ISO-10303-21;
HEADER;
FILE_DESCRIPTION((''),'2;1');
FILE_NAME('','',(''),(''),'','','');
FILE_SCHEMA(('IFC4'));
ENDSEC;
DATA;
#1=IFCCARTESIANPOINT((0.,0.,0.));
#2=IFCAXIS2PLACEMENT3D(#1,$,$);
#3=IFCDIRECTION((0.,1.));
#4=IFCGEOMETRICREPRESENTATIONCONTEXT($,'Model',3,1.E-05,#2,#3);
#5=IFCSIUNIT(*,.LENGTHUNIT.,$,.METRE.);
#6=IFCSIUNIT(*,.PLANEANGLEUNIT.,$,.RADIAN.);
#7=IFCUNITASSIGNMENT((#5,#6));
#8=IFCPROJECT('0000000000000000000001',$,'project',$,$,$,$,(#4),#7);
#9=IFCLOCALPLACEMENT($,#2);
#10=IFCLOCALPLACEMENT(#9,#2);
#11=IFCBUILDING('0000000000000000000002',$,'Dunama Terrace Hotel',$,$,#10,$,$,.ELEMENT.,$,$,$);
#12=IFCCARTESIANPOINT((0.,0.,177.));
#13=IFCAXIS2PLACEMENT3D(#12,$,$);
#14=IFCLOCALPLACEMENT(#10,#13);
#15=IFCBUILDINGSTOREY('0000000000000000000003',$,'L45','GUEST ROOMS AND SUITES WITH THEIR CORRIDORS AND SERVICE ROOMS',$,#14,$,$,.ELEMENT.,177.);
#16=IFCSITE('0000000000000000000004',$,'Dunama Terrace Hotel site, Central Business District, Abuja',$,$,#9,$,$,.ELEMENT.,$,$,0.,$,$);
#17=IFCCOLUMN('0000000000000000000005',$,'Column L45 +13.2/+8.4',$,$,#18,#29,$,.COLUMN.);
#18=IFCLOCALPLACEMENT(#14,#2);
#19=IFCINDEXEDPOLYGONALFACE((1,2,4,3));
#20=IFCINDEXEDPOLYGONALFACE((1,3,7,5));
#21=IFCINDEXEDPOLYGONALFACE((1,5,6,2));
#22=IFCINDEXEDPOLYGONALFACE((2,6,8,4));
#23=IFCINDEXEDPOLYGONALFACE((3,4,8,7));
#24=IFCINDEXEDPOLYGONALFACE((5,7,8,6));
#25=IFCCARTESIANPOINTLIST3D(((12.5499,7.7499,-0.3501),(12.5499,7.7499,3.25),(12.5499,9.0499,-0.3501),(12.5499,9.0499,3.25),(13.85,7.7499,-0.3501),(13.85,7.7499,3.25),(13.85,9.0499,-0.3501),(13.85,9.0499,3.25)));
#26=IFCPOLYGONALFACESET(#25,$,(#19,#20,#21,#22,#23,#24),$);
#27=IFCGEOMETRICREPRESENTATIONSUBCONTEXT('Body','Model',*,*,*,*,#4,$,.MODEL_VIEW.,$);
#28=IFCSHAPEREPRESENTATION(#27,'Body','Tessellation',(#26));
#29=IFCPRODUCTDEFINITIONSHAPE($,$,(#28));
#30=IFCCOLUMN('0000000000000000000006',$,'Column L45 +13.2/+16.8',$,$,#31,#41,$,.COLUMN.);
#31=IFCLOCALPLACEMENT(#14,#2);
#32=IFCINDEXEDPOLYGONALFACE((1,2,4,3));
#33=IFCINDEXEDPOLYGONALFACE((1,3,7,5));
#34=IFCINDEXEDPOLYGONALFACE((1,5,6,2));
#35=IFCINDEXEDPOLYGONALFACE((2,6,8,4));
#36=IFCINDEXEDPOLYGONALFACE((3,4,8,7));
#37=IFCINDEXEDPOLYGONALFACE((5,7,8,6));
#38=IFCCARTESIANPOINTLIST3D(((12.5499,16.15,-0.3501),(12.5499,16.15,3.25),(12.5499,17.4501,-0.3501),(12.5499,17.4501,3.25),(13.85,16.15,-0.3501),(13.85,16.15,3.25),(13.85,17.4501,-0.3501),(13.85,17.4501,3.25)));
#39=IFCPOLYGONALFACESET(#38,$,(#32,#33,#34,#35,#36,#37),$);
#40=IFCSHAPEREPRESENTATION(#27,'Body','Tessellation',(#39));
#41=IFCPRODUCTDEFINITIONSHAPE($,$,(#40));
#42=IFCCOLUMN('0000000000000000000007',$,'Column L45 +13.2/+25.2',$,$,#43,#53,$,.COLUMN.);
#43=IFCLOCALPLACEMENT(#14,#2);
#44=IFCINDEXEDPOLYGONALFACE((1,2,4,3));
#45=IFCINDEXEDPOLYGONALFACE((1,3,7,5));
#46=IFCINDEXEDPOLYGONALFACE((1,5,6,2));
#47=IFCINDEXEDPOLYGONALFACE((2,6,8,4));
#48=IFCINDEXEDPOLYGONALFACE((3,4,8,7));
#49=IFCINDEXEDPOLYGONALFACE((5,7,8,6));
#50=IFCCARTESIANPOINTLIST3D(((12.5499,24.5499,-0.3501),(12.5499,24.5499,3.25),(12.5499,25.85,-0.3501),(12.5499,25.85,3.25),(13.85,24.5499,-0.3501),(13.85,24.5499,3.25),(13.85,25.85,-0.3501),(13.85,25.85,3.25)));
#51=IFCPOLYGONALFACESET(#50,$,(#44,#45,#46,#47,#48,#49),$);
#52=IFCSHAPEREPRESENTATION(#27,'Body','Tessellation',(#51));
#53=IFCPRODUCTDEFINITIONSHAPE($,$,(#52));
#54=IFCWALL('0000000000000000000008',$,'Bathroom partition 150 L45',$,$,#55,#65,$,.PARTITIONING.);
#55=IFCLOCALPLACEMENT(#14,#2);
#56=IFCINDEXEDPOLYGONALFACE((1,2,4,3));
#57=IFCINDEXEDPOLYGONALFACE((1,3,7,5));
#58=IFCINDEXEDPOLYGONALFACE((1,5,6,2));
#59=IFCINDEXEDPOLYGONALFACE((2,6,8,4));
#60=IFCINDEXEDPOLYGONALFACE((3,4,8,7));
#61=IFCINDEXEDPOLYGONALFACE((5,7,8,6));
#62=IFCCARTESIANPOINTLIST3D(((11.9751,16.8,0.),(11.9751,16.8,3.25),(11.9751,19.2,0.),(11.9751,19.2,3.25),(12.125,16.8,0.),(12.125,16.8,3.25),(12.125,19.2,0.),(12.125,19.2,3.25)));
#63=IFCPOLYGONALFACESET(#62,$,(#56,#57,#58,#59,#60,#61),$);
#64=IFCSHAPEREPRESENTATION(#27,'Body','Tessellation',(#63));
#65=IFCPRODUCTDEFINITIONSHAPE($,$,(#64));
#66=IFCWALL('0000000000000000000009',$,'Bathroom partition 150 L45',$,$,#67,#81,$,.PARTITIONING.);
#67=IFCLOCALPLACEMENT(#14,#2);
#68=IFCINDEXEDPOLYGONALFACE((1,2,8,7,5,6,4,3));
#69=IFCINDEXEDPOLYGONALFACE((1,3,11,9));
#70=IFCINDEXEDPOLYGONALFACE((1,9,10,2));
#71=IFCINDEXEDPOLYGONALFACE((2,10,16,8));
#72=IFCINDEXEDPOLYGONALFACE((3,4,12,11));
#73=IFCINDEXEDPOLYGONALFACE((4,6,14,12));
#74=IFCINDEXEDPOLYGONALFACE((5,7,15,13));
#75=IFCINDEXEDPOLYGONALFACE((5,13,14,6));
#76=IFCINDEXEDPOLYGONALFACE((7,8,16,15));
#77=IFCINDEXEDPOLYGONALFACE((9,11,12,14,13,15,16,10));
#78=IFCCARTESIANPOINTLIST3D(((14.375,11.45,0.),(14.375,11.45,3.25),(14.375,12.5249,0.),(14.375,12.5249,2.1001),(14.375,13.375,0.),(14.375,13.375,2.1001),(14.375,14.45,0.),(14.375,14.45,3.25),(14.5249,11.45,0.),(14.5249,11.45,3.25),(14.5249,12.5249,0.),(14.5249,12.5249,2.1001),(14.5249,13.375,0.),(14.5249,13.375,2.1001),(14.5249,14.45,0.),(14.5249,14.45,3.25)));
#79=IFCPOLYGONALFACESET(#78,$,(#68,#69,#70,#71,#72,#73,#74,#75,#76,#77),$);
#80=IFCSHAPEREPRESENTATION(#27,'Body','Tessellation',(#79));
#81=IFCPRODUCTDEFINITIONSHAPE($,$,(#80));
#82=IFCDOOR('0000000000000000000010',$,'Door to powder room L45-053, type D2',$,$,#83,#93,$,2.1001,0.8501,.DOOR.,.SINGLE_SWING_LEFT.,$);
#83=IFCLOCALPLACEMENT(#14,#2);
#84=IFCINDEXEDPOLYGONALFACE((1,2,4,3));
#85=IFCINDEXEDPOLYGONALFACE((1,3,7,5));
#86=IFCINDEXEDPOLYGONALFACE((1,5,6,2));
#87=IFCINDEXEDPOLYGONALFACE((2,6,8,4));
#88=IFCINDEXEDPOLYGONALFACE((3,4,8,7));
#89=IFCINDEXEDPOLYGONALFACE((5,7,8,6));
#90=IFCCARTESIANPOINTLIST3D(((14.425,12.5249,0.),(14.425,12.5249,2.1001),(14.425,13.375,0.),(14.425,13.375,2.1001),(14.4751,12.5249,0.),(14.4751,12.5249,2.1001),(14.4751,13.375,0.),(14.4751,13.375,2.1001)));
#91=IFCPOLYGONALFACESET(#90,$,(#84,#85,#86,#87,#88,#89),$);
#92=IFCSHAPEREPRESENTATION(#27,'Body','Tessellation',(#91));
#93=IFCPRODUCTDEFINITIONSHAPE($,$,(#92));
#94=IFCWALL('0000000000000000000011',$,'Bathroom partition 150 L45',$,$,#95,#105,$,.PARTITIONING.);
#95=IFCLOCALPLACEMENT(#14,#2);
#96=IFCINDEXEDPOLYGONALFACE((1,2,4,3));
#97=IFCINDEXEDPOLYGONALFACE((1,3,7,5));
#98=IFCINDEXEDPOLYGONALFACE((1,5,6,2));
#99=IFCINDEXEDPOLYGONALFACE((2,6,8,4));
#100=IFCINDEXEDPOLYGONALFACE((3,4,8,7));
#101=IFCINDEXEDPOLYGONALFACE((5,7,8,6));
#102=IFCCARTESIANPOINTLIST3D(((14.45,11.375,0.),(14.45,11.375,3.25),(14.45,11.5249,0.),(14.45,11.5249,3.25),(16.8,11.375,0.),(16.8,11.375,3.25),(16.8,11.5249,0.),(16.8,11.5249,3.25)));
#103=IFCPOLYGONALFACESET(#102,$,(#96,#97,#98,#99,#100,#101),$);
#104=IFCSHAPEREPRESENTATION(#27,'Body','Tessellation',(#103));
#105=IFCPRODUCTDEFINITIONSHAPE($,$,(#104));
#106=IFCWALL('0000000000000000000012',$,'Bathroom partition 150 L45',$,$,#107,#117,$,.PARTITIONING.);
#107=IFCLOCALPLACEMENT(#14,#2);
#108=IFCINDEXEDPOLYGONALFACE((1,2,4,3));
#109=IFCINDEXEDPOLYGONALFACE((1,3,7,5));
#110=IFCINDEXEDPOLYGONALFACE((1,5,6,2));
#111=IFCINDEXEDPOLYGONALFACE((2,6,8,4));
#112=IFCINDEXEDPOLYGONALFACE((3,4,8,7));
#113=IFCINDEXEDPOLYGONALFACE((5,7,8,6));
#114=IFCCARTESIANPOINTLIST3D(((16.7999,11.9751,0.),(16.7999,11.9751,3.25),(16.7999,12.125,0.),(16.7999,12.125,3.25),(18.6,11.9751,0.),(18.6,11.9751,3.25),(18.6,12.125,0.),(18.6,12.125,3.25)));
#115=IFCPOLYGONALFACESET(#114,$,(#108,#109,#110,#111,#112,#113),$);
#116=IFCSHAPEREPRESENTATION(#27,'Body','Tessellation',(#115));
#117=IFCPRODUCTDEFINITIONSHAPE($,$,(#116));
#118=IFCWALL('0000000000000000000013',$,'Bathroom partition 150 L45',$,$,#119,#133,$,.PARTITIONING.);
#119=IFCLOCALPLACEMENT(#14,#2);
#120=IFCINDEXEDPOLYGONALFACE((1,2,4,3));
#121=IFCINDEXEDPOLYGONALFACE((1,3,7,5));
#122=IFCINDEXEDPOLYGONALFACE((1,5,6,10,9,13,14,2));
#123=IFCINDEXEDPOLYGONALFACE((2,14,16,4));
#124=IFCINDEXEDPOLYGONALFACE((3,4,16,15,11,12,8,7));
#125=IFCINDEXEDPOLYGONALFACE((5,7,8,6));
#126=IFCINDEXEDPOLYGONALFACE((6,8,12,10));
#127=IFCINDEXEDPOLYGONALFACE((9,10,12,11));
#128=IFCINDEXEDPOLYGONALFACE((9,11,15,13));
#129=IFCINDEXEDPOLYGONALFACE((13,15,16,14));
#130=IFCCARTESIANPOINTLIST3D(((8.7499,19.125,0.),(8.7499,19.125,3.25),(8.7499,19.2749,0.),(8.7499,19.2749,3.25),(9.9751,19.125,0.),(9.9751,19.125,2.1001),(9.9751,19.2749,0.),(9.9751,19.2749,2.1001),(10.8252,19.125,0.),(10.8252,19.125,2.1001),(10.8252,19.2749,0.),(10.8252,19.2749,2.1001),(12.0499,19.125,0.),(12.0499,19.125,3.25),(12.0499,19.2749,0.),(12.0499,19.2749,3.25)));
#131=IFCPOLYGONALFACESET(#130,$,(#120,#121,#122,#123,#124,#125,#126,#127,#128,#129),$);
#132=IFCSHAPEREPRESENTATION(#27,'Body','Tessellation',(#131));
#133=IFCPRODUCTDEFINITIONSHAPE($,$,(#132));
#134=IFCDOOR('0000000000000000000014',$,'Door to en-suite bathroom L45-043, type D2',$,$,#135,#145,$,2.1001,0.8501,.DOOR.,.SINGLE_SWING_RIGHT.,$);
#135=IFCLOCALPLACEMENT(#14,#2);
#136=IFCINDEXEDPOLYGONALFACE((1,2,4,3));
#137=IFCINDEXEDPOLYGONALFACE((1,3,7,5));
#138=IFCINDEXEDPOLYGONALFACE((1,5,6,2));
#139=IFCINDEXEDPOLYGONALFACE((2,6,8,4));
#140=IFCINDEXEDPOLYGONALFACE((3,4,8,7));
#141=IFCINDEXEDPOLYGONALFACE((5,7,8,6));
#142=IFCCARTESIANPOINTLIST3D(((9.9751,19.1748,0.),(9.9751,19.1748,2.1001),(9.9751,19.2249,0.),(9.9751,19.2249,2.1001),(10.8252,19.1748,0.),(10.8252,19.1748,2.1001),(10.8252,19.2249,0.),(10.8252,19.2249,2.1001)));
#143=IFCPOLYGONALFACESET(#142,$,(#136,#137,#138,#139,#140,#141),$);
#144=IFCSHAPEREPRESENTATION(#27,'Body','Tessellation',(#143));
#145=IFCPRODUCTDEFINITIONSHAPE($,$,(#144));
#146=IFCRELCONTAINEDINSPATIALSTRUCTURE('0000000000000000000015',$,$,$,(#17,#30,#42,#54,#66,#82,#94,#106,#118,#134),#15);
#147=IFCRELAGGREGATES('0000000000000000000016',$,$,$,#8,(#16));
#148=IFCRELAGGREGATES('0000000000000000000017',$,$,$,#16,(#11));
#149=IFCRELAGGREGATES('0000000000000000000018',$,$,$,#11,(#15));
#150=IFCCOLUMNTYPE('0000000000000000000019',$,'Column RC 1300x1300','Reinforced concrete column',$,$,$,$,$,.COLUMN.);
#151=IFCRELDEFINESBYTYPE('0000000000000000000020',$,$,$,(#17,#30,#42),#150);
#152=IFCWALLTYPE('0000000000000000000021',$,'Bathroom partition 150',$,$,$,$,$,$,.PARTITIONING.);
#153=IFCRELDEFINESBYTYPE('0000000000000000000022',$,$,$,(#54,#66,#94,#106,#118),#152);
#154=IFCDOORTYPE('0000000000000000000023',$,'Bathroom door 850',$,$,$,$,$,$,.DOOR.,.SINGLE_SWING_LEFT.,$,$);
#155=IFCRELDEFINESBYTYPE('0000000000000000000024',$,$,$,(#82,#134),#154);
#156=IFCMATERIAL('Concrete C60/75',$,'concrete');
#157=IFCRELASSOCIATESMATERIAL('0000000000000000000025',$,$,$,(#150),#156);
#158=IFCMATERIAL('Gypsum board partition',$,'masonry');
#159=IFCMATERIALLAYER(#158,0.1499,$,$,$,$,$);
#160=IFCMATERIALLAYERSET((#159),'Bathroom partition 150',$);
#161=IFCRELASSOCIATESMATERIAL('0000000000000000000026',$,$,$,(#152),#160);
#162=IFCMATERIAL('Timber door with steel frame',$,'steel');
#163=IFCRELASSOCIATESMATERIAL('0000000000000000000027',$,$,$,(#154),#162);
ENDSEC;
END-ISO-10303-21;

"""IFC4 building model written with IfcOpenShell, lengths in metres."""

from ifc_helpers import new_model, si_unit, direction, frame, frame_2d, origin, origin_2d, place, context, subcontext, project, spatial, rectangle, extrude, material, layer, layer_set, material_profile, profile_set, type_object, element, fill, save


model = new_model("IFC4")

# Units and contexts
model_context = context("Model", 3, precision=1e-05, world=origin(), true_north=direction((0.0, 1.0)))
body_context = subcontext(model_context, "Body", "Model", "MODEL_VIEW")
ifc_project = project(units=[si_unit("LENGTHUNIT", "METRE"), si_unit("PLANEANGLEUNIT", "RADIAN")], contexts=[model_context])

# Site, building, storey
site_placement = place(None, origin())
site = spatial("IfcSite", under=ifc_project, at=site_placement, Name="Dunama Terrace Hotel site, Central Business District, Abuja", CompositionType="ELEMENT", RefElevation=0.0)
building_placement = place(site_placement, origin())
building = spatial("IfcBuilding", under=site, at=building_placement, Name="Dunama Terrace Hotel", CompositionType="ELEMENT")
storey_placement = place(building_placement, frame((0.0, 0.0, 177.0)))
storey = spatial("IfcBuildingStorey", under=building, at=storey_placement, Name="L45", Description="GUEST ROOMS AND SUITES WITH THEIR CORRIDORS AND SERVICE ROOMS", CompositionType="ELEMENT", Elevation=177.0)

# Columns
ifc_material_1 = material(Name="Concrete C60/75", Category="concrete")
ifc_material_profile = material_profile(ifc_material_1, rectangle(XDim=1.3, YDim=1.3, at=origin_2d()), Name="RC 1300x1300")
ifc_profile_set = profile_set([ifc_material_profile], Name="Concrete C60/75")
column_type = type_object("IfcColumnType", Name="Column RC 1300x1300", Description="Reinforced concrete column", PredefinedType="COLUMN", material=ifc_profile_set)
for number, where, z_axis, x_axis, name in (
    (1, (13.2, 8.3999, -0.3501), (0.0, 0.0, 1.0), (1.0, 0.0, 0.0), "Column L45 +13.2/+8.4"),
    (2, (13.2, 16.8, -0.3501), (0.0, 0.0, 1.0), (1.0, 0.0, 0.0), "Column L45 +13.2/+16.8"),
    (3, (13.2, 25.2, -0.3501), (0.0, 0.0, 1.0), (1.0, 0.0, 0.0), "Column L45 +13.2/+25.2"),
):
    element("IfcColumn", number, at=place(storey_placement, frame(where, z_axis=z_axis, x_axis=x_axis)), inside=storey, type_object=column_type, Name=name, PredefinedType="COLUMN", context=body_context, shape_type="SweptSolid", body=[
        extrude(rectangle(XDim=1.3, YDim=1.3, at=origin_2d()), origin(), (0.0, 0.0, 1.0), 3.6001),
    ])

# Wall
ifc_material_2 = material(Name="Gypsum board partition", Category="masonry")
ifc_layer_1 = layer(ifc_material_2, 0.1499)
ifc_layer_set_1 = layer_set([ifc_layer_1], Name="Bathroom partition 150")
wall_type_1 = type_object("IfcWallType", Name="Bathroom partition 150", PredefinedType="PARTITIONING", material=ifc_layer_set_1)
wall_1_placement = place(storey_placement, frame((12.05, 16.8, 0.0), z_axis=(0.0, 0.0, 1.0), x_axis=(0.0, 1.0, 0.0)))
element("IfcWall", 4, at=wall_1_placement, inside=storey, type_object=wall_type_1, Name="Bathroom partition 150 L45", PredefinedType="PARTITIONING", context=body_context, shape_type="SweptSolid", body=[
    extrude(rectangle(XDim=2.3999, YDim=0.1499, at=frame_2d((1.2, 0.0))), origin(), (0.0, 0.0, 1.0), 3.25),
])

# Wall, opening, door
wall_2_placement = place(storey_placement, frame((14.45, 11.45, 0.0), z_axis=(0.0, 0.0, 1.0), x_axis=(0.0, 1.0, 0.0)))
wall_2 = element("IfcWall", 5, at=wall_2_placement, inside=storey, type_object=wall_type_1, Name="Bathroom partition 150 L45", PredefinedType="PARTITIONING", context=body_context, shape_type="SweptSolid", body=[
    extrude(rectangle(XDim=3.0, YDim=0.1499, at=frame_2d((1.5, 0.0))), origin(), (0.0, 0.0, 1.0), 3.25),
])
opening_1_placement = place(wall_2_placement, frame((1.075, 0.0, 0.0)))
opening_1 = element("IfcOpeningElement", 6, at=opening_1_placement, cuts=wall_2, PredefinedType="OPENING", context=body_context, shape_type="SweptSolid", body=[
    extrude(rectangle(XDim=0.8501, YDim=2.1001, at=frame_2d((0.425, 1.05))), frame((0.0, 0.085, 0.0), z_axis=(0.0, -1.0, 0.0), x_axis=(1.0, 0.0, 0.0)), (0.0, 0.0, 1.0), 0.1699),
])
ifc_material_3 = material(Name="Timber door with steel frame", Category="steel")
door_type_1 = type_object("IfcDoorType", Name="Bathroom door 850", OperationType="SINGLE_SWING_LEFT", PredefinedType="DOOR", material=ifc_material_3)
door_1_placement = place(opening_1_placement, frame((0.8501, 0.0, 0.0), z_axis=(0.0, 0.0, 1.0), x_axis=(-1.0, 0.0, 0.0)))
door_1 = element("IfcDoor", 7, at=door_1_placement, inside=storey, type_object=door_type_1, Name="Door to powder room L45-053, type D2", OperationType="SINGLE_SWING_LEFT", OverallHeight=2.1001, OverallWidth=0.8501, PredefinedType="DOOR", context=body_context, shape_type="SweptSolid", body=[
    extrude(rectangle(XDim=0.8501, YDim=2.1001, at=frame_2d((0.425, 1.05))), frame((0.0, 0.0251, 0.0), z_axis=(0.0, -1.0, 0.0), x_axis=(1.0, 0.0, 0.0)), (0.0, 0.0, 1.0), 0.05),
])
fill(opening_1, door_1)

# Walls
wall_3_placement = place(storey_placement, frame((14.45, 11.45, 0.0), z_axis=(0.0, 0.0, 1.0), x_axis=(1.0, 0.0, 0.0)))
element("IfcWall", 8, at=wall_3_placement, inside=storey, type_object=wall_type_1, Name="Bathroom partition 150 L45", PredefinedType="PARTITIONING", context=body_context, shape_type="SweptSolid", body=[
    extrude(rectangle(XDim=2.3501, YDim=0.1499, at=frame_2d((1.175, 0.0))), origin(), (0.0, 0.0, 1.0), 3.25),
])
wall_4_placement = place(storey_placement, frame((16.8, 12.05, 0.0), z_axis=(0.0, 0.0, 1.0), x_axis=(1.0, 0.0, 0.0)))
element("IfcWall", 9, at=wall_4_placement, inside=storey, type_object=wall_type_1, Name="Bathroom partition 150 L45", PredefinedType="PARTITIONING", context=body_context, shape_type="SweptSolid", body=[
    extrude(rectangle(XDim=1.8, YDim=0.1499, at=frame_2d((0.8999, 0.0))), origin(), (0.0, 0.0, 1.0), 3.25),
])

# Wall, opening, door
wall_5_placement = place(storey_placement, frame((8.75, 19.2, 0.0), z_axis=(0.0, 0.0, 1.0), x_axis=(1.0, 0.0, 0.0)))
wall_5 = element("IfcWall", 10, at=wall_5_placement, inside=storey, type_object=wall_type_1, Name="Bathroom partition 150 L45", PredefinedType="PARTITIONING", context=body_context, shape_type="SweptSolid", body=[
    extrude(rectangle(XDim=3.3, YDim=0.1499, at=frame_2d((1.6499, 0.0))), origin(), (0.0, 0.0, 1.0), 3.25),
])
opening_2_placement = place(wall_5_placement, frame((1.2251, 0.0, 0.0)))
opening_2 = element("IfcOpeningElement", 11, at=opening_2_placement, cuts=wall_5, PredefinedType="OPENING", context=body_context, shape_type="SweptSolid", body=[
    extrude(rectangle(XDim=0.8501, YDim=2.1001, at=frame_2d((0.425, 1.05))), frame((0.0, 0.085, 0.0), z_axis=(0.0, -1.0, 0.0), x_axis=(1.0, 0.0, 0.0)), (0.0, 0.0, 1.0), 0.1699),
])
door_2_placement = place(opening_2_placement, frame((0.8501, 0.0, 0.0), z_axis=(0.0, 0.0, 1.0), x_axis=(-1.0, 0.0, 0.0)))
door_2 = element("IfcDoor", 12, at=door_2_placement, inside=storey, type_object=door_type_1, Name="Door to en-suite bathroom L45-043, type D2", OperationType="SINGLE_SWING_RIGHT", OverallHeight=2.1001, OverallWidth=0.8501, PredefinedType="DOOR", context=body_context, shape_type="SweptSolid", body=[
    extrude(rectangle(XDim=0.8501, YDim=2.1001, at=frame_2d((0.425, 1.05))), frame((0.0, 0.0251, 0.0), z_axis=(0.0, -1.0, 0.0), x_axis=(1.0, 0.0, 0.0)), (0.0, 0.0, 1.0), 0.05),
])
fill(opening_2, door_2)

save(model, "model.ifc")
